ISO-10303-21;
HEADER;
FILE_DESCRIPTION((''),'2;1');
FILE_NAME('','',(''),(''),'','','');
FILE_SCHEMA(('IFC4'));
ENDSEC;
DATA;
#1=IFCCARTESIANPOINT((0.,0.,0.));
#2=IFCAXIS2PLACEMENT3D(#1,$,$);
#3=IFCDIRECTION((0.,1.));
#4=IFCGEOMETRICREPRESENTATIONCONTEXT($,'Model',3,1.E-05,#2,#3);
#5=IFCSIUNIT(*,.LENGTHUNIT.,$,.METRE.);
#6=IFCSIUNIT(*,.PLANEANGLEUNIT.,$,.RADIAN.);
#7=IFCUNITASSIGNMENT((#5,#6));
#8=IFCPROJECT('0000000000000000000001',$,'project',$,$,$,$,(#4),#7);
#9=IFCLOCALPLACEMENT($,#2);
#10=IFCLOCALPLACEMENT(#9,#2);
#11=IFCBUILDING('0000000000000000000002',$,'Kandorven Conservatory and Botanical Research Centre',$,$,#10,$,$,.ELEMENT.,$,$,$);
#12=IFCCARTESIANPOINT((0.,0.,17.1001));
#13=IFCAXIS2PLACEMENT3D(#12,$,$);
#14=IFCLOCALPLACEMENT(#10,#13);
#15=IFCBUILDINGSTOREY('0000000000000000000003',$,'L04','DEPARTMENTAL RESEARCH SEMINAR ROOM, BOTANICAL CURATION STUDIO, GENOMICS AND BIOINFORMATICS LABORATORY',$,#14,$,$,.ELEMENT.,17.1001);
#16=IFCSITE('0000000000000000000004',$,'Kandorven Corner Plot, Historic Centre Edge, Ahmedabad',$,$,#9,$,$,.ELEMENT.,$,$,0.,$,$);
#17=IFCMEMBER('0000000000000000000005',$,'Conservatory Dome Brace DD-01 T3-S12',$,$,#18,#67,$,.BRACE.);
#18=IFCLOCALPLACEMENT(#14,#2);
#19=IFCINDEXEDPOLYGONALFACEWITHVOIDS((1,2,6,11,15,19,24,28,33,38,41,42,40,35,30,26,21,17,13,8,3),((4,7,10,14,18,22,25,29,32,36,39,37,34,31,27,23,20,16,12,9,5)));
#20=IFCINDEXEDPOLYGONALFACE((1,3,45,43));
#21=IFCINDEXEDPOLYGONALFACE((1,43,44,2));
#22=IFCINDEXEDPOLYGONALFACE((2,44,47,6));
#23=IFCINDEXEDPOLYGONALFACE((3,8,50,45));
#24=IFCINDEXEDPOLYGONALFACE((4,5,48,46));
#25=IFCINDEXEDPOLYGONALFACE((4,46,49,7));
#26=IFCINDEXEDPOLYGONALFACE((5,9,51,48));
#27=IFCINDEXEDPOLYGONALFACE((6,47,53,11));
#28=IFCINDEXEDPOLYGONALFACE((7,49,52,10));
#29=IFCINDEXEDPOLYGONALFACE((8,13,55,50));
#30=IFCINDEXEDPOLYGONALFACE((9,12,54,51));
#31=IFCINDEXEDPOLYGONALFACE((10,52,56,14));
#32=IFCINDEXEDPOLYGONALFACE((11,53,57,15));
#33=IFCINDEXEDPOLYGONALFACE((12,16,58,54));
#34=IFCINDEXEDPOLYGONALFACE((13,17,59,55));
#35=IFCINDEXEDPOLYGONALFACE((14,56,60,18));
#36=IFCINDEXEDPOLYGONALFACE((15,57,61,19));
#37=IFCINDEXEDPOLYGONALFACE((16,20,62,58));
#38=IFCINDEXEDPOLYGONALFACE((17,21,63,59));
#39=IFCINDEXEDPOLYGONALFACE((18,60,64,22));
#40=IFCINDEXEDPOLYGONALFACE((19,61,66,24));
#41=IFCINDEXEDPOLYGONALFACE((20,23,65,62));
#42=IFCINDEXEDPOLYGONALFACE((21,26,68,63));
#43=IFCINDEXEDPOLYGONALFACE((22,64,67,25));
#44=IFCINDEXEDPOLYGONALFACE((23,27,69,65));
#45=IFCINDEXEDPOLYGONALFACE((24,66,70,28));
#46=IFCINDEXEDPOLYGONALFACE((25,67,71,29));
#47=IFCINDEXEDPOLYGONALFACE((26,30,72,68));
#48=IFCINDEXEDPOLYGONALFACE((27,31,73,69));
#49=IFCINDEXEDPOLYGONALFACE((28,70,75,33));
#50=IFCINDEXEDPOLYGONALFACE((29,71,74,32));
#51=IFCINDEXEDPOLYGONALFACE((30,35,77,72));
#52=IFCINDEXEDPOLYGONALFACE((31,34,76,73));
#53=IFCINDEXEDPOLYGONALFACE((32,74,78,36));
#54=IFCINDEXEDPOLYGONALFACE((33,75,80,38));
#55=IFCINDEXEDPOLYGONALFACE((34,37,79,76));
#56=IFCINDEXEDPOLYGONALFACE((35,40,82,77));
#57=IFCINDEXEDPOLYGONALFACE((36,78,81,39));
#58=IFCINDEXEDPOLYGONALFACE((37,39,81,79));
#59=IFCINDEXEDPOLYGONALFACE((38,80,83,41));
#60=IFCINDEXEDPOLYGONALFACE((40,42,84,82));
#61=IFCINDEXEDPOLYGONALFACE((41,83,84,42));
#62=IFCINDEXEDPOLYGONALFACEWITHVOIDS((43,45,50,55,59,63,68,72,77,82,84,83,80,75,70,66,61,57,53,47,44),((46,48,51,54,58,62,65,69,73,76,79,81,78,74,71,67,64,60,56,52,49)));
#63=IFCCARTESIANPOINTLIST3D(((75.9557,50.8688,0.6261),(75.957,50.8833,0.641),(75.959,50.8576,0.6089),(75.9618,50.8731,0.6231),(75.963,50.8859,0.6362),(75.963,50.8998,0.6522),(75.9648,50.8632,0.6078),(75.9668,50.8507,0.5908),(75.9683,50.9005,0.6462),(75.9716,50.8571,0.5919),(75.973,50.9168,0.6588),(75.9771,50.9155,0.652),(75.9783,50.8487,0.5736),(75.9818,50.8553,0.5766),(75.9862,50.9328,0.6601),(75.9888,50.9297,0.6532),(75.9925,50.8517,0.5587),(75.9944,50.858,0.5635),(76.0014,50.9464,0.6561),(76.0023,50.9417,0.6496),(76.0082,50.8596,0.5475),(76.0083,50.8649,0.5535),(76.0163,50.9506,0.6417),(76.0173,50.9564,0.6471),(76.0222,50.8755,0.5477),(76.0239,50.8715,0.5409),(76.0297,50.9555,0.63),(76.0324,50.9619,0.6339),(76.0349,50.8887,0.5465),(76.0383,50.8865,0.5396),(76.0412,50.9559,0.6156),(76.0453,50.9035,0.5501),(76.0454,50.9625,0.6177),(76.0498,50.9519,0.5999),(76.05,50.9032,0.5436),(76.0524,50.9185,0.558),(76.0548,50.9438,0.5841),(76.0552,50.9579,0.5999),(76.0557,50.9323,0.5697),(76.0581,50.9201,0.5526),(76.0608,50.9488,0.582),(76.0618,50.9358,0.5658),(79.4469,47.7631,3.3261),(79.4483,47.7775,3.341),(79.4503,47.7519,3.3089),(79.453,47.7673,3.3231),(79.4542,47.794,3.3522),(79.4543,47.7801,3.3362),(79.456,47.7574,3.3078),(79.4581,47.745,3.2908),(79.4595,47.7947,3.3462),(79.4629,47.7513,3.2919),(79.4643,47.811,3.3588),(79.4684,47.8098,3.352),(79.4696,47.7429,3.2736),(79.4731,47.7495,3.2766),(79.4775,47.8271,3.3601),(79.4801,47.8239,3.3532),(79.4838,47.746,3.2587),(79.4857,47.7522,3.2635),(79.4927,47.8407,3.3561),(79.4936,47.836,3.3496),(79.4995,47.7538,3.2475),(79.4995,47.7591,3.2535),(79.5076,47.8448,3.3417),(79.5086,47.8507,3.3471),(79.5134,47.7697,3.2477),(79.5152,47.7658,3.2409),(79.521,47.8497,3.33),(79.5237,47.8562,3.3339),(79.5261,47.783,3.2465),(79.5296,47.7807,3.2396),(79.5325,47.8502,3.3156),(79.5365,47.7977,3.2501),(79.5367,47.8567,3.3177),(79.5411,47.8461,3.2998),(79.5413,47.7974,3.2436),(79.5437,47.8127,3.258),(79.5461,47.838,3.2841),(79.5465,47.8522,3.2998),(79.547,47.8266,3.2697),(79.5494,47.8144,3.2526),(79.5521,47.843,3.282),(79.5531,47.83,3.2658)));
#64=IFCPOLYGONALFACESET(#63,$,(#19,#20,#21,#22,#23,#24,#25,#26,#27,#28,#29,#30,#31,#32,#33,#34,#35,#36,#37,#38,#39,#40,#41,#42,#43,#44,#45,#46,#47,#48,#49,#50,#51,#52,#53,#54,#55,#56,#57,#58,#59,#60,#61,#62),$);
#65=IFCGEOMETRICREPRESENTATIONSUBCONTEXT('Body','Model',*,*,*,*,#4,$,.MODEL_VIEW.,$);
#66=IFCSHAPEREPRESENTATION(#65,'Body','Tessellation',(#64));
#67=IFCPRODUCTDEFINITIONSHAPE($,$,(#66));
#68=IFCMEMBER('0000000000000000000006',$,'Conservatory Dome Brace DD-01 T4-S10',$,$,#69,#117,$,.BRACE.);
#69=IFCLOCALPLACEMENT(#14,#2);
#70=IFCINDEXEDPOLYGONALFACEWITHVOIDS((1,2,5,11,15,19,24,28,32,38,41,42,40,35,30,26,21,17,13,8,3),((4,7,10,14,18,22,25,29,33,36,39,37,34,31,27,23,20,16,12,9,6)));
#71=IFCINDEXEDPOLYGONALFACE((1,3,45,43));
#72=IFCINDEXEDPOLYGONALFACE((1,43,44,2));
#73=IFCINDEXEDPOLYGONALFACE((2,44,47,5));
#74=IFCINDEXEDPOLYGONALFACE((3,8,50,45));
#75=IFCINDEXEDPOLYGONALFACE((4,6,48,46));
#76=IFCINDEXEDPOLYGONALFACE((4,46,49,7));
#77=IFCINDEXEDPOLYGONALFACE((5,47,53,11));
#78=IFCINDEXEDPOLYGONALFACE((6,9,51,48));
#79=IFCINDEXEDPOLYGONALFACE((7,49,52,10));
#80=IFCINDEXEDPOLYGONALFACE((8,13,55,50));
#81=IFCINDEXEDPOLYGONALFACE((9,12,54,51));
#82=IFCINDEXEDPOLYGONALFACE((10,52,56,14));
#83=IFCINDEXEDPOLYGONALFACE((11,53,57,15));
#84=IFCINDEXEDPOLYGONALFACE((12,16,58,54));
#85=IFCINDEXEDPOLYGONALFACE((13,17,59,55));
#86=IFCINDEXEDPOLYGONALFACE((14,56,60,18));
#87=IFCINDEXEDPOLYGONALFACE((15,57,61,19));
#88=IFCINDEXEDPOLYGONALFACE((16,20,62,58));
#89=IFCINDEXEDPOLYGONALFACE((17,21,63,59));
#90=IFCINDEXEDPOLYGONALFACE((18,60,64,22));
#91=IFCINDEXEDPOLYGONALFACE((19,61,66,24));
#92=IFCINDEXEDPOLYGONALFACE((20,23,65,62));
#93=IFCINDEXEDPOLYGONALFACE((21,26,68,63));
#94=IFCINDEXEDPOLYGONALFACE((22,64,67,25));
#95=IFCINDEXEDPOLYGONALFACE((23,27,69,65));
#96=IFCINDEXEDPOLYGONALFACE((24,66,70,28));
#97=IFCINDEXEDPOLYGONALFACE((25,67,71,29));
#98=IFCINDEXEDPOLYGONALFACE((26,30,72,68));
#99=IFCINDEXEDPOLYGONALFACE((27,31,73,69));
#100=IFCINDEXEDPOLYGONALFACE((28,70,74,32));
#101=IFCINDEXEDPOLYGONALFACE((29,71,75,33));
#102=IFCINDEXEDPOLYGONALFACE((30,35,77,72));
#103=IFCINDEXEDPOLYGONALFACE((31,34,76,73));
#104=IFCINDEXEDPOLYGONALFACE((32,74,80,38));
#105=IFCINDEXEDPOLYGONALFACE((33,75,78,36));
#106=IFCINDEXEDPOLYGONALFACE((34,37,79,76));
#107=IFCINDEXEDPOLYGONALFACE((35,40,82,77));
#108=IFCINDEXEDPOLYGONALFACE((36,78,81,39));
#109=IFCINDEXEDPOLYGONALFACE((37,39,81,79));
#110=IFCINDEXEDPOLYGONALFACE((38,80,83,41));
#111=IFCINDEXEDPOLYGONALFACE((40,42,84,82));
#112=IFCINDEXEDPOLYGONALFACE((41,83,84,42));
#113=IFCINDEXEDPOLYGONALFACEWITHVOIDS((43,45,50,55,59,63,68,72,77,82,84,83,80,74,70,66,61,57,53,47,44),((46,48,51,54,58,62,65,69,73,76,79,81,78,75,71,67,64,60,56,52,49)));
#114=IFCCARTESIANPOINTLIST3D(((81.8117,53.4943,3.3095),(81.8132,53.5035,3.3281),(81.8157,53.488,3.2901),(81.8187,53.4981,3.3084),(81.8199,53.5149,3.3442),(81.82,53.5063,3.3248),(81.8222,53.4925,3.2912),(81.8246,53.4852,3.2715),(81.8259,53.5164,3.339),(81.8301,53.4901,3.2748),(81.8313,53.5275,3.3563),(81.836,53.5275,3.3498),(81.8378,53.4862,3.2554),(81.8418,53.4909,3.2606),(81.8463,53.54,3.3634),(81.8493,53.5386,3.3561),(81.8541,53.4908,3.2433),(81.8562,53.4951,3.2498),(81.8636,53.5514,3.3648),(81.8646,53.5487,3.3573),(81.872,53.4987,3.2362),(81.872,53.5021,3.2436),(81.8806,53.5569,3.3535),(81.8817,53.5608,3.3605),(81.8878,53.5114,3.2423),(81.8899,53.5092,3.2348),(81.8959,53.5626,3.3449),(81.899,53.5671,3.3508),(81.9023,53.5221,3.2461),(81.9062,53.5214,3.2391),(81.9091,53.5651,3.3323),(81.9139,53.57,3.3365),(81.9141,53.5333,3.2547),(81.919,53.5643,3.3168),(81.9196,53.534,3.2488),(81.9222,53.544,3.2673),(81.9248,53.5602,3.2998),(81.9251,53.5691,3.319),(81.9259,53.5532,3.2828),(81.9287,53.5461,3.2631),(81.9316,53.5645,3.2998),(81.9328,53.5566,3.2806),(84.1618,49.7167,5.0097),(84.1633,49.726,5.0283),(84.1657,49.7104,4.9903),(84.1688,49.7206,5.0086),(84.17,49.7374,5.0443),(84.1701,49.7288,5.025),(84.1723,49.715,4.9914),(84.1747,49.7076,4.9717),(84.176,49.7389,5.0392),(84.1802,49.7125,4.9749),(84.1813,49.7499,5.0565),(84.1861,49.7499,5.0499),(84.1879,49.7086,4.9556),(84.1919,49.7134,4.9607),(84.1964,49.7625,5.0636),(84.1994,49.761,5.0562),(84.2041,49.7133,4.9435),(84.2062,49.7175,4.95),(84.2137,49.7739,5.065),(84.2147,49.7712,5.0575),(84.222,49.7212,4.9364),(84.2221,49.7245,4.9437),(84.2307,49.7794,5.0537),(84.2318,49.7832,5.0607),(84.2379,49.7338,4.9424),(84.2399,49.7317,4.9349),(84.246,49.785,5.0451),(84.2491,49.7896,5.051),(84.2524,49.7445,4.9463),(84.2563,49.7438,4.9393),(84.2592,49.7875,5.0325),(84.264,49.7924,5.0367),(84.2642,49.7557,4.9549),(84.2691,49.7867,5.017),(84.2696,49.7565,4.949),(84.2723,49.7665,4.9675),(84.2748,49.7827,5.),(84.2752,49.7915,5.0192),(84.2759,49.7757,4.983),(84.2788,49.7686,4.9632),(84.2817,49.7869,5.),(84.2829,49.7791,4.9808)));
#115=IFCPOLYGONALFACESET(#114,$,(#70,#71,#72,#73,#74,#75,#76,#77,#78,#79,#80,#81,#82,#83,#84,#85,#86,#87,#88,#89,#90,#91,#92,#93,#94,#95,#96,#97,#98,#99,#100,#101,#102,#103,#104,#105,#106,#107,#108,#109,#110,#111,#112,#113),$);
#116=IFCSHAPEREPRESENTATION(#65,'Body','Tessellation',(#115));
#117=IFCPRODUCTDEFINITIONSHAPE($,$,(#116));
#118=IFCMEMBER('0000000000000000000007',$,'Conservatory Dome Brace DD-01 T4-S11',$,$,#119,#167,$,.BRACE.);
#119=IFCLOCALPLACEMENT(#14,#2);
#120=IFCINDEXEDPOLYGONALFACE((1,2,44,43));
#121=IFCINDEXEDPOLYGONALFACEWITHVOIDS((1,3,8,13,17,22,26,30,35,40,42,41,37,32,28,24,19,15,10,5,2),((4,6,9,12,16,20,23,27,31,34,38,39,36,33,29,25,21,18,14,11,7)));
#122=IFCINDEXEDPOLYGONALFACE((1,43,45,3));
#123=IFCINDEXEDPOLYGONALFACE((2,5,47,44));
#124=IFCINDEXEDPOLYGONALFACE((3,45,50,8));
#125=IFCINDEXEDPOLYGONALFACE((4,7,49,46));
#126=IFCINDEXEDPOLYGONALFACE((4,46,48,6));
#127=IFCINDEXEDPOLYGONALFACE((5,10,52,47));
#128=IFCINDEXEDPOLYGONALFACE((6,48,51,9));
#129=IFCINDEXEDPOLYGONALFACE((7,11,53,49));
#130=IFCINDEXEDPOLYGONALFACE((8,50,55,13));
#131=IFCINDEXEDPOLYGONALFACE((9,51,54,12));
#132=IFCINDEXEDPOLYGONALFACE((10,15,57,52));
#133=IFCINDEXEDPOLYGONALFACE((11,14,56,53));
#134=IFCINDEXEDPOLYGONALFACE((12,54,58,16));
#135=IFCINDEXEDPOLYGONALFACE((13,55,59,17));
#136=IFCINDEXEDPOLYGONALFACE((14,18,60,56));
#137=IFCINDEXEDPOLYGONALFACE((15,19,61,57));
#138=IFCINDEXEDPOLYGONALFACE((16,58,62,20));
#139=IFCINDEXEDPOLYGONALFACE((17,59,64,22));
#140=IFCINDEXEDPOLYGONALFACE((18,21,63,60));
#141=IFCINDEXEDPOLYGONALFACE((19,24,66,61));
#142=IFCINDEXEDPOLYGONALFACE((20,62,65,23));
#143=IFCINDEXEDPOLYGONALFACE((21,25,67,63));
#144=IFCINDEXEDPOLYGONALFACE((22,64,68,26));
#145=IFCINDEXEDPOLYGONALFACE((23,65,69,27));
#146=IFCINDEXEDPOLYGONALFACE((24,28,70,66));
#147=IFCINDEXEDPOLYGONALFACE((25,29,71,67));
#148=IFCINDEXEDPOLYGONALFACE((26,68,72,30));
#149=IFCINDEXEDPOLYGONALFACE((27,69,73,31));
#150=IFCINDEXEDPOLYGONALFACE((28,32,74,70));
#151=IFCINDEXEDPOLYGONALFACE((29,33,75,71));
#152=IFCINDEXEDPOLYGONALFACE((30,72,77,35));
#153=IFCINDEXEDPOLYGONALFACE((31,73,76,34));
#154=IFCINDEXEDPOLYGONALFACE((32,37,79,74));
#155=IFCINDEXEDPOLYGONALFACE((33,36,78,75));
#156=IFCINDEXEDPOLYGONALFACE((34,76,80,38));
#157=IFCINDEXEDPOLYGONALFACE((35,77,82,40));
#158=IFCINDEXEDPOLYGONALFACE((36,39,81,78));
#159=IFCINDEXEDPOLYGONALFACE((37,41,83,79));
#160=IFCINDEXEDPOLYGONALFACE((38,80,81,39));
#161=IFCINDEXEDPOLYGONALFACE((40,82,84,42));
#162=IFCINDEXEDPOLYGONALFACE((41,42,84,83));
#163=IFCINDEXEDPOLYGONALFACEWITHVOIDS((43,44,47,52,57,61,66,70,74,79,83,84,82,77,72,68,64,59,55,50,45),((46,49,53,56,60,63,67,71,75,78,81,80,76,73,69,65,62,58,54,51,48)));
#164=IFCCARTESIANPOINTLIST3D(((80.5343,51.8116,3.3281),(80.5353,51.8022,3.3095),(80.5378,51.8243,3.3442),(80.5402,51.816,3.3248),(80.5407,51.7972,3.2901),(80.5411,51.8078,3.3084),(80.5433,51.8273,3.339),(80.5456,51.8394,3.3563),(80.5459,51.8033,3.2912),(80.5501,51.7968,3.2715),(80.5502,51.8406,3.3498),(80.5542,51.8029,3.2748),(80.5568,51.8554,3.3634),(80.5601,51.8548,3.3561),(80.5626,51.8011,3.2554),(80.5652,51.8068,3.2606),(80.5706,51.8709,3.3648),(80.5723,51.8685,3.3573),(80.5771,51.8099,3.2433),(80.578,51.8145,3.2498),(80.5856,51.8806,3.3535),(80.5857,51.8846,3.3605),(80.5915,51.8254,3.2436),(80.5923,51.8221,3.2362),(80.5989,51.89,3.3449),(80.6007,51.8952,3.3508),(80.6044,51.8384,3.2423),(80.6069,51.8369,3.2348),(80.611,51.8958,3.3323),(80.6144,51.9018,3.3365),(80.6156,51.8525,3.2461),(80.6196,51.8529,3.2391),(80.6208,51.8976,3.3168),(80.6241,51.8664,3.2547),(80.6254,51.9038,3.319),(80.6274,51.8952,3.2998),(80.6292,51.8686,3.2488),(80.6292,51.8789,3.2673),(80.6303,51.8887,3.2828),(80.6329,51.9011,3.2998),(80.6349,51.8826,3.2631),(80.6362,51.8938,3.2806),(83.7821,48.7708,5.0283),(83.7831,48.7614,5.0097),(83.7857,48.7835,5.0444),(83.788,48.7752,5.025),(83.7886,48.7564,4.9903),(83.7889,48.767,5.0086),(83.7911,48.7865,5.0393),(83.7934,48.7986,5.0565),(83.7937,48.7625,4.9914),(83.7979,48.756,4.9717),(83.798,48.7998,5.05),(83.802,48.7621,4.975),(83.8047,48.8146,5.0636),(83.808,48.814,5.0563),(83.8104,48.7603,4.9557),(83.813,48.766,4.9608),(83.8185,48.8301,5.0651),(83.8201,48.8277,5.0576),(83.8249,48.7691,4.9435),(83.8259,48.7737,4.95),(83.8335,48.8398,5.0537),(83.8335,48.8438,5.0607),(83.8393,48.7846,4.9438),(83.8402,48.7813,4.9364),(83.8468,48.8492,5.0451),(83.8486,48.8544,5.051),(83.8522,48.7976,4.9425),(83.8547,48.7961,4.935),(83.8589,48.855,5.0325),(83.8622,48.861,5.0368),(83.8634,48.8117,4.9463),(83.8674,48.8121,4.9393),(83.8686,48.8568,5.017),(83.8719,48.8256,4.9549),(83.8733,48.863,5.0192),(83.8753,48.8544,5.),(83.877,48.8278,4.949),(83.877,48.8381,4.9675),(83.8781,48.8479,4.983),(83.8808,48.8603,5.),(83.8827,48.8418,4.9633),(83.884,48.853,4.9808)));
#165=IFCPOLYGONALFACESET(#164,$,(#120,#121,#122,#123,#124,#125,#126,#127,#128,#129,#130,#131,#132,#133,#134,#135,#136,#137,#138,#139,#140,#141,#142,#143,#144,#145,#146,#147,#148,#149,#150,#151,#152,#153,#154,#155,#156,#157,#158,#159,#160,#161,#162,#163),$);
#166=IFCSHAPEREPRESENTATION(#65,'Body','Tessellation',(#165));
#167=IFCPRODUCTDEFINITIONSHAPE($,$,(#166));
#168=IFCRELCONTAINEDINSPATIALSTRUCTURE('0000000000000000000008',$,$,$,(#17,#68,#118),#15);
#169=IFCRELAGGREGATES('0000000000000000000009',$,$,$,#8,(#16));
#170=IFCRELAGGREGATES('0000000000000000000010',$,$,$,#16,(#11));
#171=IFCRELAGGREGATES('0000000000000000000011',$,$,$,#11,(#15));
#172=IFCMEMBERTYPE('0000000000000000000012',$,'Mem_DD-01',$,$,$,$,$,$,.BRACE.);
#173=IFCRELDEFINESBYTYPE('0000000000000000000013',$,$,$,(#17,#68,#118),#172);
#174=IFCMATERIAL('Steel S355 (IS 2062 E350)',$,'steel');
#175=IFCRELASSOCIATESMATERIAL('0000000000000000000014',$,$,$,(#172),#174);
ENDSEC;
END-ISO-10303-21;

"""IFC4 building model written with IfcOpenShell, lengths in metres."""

from ifc_helpers import new_model, si_unit, direction, frame, origin, origin_2d, place, context, subcontext, project, spatial, hollow_circle, extrude, material, material_profile, profile_set, type_object, element, save


model = new_model("IFC4")

# Units and contexts
model_context = context("Model", 3, precision=1e-05, world=origin(), true_north=direction((0.0, 1.0)))
body_context = subcontext(model_context, "Body", "Model", "MODEL_VIEW")
ifc_project = project(units=[si_unit("LENGTHUNIT", "METRE"), si_unit("PLANEANGLEUNIT", "RADIAN")], contexts=[model_context])

# Site, building, storey
site_placement = place(None, origin())
site = spatial("IfcSite", under=ifc_project, at=site_placement, Name="Kandorven Corner Plot, Historic Centre Edge, Ahmedabad", CompositionType="ELEMENT", RefElevation=0.0)
building_placement = place(site_placement, origin())
building = spatial("IfcBuilding", under=site, at=building_placement, Name="Kandorven Conservatory and Botanical Research Centre", CompositionType="ELEMENT")
storey_placement = place(building_placement, frame((0.0, 0.0, 17.1001)))
storey = spatial("IfcBuildingStorey", under=building, at=storey_placement, Name="L04", Description="DEPARTMENTAL RESEARCH SEMINAR ROOM, BOTANICAL CURATION STUDIO, GENOMICS AND BIOINFORMATICS LABORATORY", CompositionType="ELEMENT", Elevation=17.1001)

# Members
ifc_material_1 = material(Name="Steel S355 (IS 2062 E350)", Category="steel")
ifc_material_profile_1 = material_profile(ifc_material_1, hollow_circle(Radius=0.0698, WallThickness=0.0081, at=origin_2d()))
ifc_profile_set_1 = profile_set([ifc_material_profile_1], Name="Steel S355 (IS 2062 E350)")
member_type_1 = type_object("IfcMemberType", Name="Mem_DD-01", PredefinedType="BRACE", material=ifc_profile_set_1)
member_1_placement = place(storey_placement, frame((76.0088, 50.9058, 0.5999), z_axis=(0.646923, -0.57549, 0.500302), x_axis=(0.664652, 0.747153, 0.0)))
element("IfcMember", 1, at=member_1_placement, inside=storey, type_object=member_type_1, Name="Conservatory Dome Brace DD-01 T3-S12", PredefinedType="BRACE", context=body_context, shape_type="SweptSolid", body=[
    extrude(hollow_circle(Radius=0.0698, WallThickness=0.0081, at=origin_2d()), origin(), (0.0, 0.0, 1.0), 5.3967),
])
member_2_placement = place(storey_placement, frame((81.8723, 53.5276, 3.2998), z_axis=(0.493433, -0.793153, 0.356978), x_axis=(0.849097, 0.528237, 0.0)))
element("IfcMember", 2, at=member_2_placement, inside=storey, type_object=member_type_1, Name="Conservatory Dome Brace DD-01 T4-S10", PredefinedType="BRACE", context=body_context, shape_type="SweptSolid", body=[
    extrude(hollow_circle(Radius=0.0698, WallThickness=0.0081, at=origin_2d()), origin(), (0.0, 0.0, 1.0), 4.7627),
])
member_3_placement = place(storey_placement, frame((80.5852, 51.8501, 3.2998), z_axis=(0.681897, -0.638429, 0.356967), x_axis=(0.683457, 0.729991, 0.0)))
element("IfcMember", 3, at=member_3_placement, inside=storey, type_object=member_type_1, Name="Conservatory Dome Brace DD-01 T4-S11", PredefinedType="BRACE", context=body_context, shape_type="SweptSolid", body=[
    extrude(hollow_circle(Radius=0.0698, WallThickness=0.0081, at=origin_2d()), origin(), (0.0, 0.0, 1.0), 4.7629),
])

save(model, "model.ifc")
